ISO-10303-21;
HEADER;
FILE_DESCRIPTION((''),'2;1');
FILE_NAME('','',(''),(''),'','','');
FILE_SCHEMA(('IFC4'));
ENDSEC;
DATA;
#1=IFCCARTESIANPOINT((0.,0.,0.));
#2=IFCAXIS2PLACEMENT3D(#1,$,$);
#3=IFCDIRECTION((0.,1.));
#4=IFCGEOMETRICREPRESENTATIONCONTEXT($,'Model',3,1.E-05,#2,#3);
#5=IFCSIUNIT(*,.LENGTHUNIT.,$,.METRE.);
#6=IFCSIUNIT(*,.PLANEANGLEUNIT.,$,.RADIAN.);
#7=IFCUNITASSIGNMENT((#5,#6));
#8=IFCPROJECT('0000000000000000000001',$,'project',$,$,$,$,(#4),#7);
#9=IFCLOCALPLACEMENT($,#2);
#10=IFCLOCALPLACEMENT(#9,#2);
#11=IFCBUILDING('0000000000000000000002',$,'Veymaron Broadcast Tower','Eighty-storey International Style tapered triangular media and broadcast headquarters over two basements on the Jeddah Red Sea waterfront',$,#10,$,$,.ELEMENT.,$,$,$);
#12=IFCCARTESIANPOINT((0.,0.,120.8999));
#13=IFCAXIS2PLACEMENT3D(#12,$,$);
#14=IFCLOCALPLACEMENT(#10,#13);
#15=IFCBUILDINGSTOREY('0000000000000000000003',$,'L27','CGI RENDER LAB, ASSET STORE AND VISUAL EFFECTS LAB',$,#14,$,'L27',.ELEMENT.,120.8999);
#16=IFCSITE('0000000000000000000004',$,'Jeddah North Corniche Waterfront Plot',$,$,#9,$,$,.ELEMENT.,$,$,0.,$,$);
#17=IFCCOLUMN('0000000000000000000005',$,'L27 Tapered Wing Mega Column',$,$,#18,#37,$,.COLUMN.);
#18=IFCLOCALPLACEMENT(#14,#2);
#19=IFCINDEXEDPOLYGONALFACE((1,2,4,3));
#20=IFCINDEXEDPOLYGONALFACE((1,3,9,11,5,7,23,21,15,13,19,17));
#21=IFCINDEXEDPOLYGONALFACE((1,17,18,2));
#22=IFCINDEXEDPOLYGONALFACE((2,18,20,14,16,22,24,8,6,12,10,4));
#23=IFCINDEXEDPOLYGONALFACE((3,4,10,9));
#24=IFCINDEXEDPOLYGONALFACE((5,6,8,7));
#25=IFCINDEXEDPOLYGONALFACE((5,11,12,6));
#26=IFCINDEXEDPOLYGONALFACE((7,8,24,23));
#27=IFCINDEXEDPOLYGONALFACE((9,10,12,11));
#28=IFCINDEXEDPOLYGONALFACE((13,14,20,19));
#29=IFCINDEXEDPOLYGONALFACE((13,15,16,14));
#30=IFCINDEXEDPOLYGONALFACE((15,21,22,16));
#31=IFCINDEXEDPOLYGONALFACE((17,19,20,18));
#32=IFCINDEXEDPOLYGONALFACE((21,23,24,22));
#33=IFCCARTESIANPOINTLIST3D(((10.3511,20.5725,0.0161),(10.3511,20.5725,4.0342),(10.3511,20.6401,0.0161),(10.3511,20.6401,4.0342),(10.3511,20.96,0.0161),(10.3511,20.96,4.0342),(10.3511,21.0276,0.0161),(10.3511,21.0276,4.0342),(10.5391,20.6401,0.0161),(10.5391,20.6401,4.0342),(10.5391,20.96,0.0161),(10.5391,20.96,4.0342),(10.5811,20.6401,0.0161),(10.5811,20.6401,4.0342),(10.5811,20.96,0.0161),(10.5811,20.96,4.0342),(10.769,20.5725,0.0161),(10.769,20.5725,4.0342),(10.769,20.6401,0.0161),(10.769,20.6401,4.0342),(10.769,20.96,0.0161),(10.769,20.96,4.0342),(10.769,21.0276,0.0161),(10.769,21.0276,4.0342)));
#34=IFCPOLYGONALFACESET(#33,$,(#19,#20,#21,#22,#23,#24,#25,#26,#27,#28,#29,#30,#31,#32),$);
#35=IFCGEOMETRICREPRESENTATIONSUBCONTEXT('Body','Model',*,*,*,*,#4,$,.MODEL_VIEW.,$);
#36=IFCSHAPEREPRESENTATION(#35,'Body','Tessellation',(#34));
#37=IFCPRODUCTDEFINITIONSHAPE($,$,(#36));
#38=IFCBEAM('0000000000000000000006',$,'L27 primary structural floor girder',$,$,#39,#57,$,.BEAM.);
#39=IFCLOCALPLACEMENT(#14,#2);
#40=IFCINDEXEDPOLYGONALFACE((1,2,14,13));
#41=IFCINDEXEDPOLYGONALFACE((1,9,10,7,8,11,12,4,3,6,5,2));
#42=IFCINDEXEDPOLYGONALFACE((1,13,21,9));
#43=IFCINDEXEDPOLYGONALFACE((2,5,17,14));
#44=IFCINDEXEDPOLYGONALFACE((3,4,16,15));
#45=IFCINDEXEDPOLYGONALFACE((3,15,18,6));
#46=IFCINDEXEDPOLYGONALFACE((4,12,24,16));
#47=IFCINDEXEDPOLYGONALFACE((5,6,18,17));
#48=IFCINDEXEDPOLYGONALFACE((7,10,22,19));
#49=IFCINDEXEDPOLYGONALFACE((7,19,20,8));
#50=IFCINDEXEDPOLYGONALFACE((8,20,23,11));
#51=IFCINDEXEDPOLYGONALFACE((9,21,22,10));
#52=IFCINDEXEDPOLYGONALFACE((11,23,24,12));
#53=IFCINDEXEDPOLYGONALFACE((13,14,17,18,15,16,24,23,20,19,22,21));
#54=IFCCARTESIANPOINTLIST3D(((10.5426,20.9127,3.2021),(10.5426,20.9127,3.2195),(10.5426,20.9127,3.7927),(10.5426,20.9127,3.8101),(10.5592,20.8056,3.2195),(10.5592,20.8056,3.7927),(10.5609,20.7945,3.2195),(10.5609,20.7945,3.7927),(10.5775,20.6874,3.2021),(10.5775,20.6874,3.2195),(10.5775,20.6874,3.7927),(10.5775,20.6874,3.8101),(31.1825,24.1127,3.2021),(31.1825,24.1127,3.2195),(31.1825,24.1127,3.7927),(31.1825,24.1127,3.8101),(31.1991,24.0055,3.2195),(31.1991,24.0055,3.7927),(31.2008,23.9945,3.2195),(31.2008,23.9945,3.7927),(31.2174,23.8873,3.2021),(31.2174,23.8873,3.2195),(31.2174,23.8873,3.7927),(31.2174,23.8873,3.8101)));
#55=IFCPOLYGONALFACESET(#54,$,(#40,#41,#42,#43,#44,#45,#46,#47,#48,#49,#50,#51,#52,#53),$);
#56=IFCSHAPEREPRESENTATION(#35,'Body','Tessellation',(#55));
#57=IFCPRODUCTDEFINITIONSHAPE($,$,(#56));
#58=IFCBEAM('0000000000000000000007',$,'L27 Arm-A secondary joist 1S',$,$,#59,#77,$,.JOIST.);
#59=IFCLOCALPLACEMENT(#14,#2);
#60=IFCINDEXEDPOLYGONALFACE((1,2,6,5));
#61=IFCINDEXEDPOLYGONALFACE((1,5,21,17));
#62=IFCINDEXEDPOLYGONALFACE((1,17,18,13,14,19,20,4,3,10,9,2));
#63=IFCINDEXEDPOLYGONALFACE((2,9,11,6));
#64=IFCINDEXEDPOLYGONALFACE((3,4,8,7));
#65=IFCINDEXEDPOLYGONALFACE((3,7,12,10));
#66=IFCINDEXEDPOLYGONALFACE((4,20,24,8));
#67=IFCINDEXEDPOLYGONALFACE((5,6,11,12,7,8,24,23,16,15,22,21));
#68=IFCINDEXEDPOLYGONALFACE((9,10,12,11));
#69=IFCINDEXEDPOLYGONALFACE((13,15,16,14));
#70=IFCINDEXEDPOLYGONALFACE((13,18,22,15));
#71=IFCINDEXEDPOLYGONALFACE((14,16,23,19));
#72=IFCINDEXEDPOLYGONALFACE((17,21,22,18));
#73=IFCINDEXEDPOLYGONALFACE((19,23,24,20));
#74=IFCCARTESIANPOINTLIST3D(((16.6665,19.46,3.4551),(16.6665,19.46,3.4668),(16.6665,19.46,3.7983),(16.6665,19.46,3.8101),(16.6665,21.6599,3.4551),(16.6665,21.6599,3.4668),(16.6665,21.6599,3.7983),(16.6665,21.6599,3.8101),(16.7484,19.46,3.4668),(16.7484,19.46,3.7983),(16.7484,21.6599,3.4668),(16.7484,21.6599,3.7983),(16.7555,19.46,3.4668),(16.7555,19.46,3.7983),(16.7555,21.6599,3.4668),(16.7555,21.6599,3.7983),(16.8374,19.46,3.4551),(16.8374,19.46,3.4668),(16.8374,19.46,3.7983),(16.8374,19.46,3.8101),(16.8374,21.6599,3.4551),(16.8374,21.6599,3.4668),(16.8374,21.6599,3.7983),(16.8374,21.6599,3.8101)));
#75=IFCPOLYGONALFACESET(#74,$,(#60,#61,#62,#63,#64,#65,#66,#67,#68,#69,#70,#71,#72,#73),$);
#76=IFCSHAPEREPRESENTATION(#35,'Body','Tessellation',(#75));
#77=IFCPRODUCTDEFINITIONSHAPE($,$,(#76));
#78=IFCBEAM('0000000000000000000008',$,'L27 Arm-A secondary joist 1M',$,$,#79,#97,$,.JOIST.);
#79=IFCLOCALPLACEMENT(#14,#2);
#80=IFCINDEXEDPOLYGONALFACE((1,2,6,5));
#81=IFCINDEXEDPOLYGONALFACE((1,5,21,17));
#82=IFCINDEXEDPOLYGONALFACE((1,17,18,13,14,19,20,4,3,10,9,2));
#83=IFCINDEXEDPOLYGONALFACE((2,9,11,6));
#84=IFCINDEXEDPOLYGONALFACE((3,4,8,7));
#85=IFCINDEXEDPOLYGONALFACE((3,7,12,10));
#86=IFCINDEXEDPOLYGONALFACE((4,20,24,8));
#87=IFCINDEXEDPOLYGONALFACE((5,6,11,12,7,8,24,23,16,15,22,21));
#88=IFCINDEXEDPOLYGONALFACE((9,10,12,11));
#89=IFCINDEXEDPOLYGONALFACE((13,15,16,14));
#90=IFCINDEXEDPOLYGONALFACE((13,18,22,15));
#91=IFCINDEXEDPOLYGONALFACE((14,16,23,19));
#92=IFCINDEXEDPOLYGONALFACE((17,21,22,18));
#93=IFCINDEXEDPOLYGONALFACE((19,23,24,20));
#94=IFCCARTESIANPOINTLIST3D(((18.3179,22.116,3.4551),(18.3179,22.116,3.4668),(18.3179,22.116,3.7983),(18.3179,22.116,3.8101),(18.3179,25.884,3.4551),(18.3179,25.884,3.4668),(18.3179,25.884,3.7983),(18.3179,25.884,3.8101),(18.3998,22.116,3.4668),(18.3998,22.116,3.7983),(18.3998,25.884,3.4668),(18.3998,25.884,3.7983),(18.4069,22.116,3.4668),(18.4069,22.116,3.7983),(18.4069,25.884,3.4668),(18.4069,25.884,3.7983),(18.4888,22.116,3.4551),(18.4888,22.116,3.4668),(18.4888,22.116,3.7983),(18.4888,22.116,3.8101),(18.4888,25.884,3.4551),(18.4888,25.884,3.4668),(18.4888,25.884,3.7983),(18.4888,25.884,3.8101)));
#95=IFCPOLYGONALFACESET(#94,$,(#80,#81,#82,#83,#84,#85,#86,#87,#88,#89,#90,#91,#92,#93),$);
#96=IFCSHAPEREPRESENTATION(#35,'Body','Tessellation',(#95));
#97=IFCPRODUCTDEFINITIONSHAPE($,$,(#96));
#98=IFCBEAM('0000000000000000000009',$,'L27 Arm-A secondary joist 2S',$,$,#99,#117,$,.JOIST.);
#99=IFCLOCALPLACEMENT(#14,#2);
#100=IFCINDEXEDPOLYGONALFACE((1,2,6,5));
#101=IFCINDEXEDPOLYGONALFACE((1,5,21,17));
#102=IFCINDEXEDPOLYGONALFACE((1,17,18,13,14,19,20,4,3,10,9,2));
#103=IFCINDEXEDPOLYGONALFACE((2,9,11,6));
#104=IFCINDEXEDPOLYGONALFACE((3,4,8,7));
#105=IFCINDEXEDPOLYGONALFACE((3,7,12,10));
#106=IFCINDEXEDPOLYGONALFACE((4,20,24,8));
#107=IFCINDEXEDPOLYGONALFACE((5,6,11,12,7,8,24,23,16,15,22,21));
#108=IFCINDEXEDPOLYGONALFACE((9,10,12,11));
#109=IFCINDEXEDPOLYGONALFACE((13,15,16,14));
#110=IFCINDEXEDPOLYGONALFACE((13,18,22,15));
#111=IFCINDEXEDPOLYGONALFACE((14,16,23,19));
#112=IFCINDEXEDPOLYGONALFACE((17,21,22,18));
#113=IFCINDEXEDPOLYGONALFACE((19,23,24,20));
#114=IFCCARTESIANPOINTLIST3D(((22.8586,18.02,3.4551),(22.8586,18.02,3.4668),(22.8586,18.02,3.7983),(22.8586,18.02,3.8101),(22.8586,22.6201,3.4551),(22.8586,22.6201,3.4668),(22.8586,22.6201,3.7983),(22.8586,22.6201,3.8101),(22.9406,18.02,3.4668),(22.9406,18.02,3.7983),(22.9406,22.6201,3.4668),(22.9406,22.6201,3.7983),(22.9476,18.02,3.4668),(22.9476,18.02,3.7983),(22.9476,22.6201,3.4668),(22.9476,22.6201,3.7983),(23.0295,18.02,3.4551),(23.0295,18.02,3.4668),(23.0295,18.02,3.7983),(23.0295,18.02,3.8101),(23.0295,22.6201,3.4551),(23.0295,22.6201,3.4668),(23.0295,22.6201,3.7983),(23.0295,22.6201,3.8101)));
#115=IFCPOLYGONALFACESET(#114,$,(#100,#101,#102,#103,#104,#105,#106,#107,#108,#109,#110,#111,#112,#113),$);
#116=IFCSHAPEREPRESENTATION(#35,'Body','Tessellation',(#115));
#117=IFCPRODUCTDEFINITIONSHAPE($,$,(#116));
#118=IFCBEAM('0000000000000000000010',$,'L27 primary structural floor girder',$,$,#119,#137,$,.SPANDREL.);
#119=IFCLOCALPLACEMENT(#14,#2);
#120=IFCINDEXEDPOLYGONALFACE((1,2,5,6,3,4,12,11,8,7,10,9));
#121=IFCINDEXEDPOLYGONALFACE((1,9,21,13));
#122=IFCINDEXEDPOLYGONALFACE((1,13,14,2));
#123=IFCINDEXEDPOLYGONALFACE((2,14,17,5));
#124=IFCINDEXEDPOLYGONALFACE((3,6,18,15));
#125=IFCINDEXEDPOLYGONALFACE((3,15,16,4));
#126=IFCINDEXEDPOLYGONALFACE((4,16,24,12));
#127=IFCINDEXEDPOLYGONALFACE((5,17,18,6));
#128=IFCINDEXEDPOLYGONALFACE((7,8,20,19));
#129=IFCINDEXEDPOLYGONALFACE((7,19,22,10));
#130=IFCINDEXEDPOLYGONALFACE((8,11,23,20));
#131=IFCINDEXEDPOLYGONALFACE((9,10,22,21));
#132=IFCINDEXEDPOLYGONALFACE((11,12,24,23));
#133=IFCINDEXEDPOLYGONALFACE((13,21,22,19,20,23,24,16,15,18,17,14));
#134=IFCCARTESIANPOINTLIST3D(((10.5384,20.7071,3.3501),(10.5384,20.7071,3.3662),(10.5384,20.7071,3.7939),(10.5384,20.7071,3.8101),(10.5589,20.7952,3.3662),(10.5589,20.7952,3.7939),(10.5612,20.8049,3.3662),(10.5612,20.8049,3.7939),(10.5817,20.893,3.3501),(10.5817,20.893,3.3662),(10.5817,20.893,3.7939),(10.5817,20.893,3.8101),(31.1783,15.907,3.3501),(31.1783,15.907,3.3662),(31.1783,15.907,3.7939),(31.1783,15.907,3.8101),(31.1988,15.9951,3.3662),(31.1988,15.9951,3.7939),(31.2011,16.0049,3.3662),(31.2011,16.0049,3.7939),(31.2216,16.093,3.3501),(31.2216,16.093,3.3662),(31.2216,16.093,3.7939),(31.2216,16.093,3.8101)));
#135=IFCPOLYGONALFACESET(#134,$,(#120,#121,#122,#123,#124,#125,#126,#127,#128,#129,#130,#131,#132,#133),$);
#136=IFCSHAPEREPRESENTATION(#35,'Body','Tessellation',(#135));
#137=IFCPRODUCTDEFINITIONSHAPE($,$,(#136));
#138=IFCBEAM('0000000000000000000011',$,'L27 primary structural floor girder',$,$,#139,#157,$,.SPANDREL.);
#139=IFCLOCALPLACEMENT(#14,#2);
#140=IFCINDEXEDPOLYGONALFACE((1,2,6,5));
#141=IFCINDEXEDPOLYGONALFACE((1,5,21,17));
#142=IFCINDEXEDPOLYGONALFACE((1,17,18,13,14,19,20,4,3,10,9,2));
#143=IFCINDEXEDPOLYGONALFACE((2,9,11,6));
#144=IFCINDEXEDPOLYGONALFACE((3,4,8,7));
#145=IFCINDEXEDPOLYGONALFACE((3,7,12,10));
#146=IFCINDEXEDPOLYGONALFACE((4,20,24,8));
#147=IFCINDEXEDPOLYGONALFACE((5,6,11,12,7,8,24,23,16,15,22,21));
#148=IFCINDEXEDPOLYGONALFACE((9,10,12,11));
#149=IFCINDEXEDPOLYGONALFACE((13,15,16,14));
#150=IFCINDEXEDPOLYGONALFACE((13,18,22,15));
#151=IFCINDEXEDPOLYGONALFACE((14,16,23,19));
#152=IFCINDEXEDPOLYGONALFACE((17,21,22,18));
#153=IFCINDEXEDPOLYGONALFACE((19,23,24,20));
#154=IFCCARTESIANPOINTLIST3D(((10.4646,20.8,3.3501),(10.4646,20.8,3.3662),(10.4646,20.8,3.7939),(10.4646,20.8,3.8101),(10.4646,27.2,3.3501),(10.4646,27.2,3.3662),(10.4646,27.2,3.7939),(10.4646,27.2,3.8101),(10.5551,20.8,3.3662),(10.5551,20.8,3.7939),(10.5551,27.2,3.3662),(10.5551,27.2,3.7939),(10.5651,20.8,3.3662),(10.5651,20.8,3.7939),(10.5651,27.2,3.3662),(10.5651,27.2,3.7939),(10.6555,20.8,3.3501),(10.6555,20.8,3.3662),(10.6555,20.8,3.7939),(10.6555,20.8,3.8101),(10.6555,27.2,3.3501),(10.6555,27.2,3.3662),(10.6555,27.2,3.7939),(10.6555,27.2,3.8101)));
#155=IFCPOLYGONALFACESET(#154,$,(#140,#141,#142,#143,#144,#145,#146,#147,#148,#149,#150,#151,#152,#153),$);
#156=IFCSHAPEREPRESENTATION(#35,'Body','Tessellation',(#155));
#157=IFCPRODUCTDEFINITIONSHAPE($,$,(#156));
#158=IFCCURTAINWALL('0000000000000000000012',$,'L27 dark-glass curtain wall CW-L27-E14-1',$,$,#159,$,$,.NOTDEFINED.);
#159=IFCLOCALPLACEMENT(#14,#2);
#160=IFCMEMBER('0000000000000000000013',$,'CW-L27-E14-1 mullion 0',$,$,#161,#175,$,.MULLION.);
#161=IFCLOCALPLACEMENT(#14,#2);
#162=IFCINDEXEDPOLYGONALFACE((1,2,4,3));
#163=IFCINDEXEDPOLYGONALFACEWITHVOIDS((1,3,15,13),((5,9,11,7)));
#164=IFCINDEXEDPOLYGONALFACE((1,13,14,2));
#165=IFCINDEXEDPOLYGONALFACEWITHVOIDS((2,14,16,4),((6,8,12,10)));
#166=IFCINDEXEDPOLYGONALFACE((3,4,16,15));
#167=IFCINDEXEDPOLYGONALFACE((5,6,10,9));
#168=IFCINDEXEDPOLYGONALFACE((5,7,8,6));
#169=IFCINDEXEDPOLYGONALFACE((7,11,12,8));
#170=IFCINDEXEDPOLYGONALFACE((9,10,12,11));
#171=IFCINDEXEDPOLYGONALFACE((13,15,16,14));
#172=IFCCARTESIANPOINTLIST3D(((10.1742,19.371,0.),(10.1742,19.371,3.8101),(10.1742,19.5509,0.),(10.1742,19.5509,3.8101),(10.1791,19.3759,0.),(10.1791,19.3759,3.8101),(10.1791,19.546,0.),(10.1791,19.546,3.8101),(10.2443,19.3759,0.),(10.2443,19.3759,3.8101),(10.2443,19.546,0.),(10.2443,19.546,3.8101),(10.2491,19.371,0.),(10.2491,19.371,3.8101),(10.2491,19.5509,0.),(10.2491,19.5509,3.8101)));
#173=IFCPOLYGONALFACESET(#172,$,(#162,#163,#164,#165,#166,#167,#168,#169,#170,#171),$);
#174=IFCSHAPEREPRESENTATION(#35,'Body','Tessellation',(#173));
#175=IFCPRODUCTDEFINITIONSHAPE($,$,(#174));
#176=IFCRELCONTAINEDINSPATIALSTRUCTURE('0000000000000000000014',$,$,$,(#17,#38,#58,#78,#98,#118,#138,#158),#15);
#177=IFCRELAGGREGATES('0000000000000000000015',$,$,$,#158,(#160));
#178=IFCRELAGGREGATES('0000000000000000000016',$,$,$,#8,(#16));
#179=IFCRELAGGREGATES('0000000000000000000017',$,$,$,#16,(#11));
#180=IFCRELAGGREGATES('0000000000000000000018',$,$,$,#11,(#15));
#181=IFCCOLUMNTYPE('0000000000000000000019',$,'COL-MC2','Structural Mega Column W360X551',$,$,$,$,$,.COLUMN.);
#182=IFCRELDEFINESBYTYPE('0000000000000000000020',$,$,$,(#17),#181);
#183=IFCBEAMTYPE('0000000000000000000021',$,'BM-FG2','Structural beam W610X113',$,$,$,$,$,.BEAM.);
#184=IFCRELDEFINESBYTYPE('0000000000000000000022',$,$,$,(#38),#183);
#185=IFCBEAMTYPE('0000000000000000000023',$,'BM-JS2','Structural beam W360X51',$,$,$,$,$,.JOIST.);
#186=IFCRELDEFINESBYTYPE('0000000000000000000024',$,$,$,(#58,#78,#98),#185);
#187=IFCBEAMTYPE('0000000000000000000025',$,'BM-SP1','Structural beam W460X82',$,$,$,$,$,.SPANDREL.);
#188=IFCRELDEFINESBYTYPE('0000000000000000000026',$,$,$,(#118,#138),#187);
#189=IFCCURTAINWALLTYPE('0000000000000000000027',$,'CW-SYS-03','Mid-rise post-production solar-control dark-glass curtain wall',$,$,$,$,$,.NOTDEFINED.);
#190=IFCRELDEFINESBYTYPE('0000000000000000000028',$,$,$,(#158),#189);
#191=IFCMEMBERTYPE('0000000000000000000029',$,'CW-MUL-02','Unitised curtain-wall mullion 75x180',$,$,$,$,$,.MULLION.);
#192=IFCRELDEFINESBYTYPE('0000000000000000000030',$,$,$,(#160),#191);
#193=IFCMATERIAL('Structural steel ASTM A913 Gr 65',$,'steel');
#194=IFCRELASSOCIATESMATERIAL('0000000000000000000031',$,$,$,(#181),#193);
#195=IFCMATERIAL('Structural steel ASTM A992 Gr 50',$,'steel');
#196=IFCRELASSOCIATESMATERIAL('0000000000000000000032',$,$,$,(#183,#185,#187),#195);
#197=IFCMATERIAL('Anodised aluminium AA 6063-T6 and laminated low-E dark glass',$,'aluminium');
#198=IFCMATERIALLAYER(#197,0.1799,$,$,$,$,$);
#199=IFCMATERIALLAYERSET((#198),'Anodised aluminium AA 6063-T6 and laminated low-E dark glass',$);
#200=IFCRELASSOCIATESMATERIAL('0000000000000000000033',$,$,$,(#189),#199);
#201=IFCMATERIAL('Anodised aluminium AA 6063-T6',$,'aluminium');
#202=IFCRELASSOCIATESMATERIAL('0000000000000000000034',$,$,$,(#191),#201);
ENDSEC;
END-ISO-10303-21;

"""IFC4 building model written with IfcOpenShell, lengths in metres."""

from ifc_helpers import new_model, si_unit, direction, frame, origin, origin_2d, place, context, subcontext, project, spatial, hollow_rectangle, i_section, extrude, material, layer, layer_set, material_profile, profile_set, type_object, element, aggregate, save


model = new_model("IFC4")

# Units and contexts
model_context = context("Model", 3, precision=1e-05, world=origin(), true_north=direction((0.0, 1.0)))
body_context = subcontext(model_context, "Body", "Model", "MODEL_VIEW")
ifc_project = project(units=[si_unit("LENGTHUNIT", "METRE"), si_unit("PLANEANGLEUNIT", "RADIAN")], contexts=[model_context])

# Site, building, storey
site_placement = place(None, origin())
site = spatial("IfcSite", under=ifc_project, at=site_placement, Name="Jeddah North Corniche Waterfront Plot", CompositionType="ELEMENT", RefElevation=0.0)
building_placement = place(site_placement, origin())
building = spatial("IfcBuilding", under=site, at=building_placement, Name="Veymaron Broadcast Tower", Description="Eighty-storey International Style tapered triangular media and broadcast headquarters over two basements on the Jeddah Red Sea waterfront", CompositionType="ELEMENT")
storey_placement = place(building_placement, frame((0.0, 0.0, 120.8999)))
storey = spatial("IfcBuildingStorey", under=building, at=storey_placement, Name="L27", Description="CGI RENDER LAB, ASSET STORE AND VISUAL EFFECTS LAB", LongName="L27", CompositionType="ELEMENT", Elevation=120.8999)

# Column
ifc_material_1 = material(Name="Structural steel ASTM A913 Gr 65", Category="steel")
ifc_material_profile_1 = material_profile(ifc_material_1, i_section(OverallWidth=0.418, OverallDepth=0.4551, WebThickness=0.042, FlangeThickness=0.0676, at=origin_2d()), Name="W360X551")
ifc_profile_set_1 = profile_set([ifc_material_profile_1], Name="Structural steel ASTM A913 Gr 65")
column_type = type_object("IfcColumnType", Name="COL-MC2", Description="Structural Mega Column W360X551", PredefinedType="COLUMN", material=ifc_profile_set_1)
column_placement = place(storey_placement, frame((10.5601, 20.8, 0.0161), z_axis=(0.0, 0.0, 1.0), x_axis=(1.0, 0.0, 0.0)))
element("IfcColumn", 1, at=column_placement, inside=storey, type_object=column_type, Name="L27 Tapered Wing Mega Column", PredefinedType="COLUMN", context=body_context, shape_type="SweptSolid", body=[
    extrude(i_section(OverallWidth=0.418, OverallDepth=0.4551, WebThickness=0.042, FlangeThickness=0.0676, at=origin_2d()), origin(), (0.0, 0.0, 1.0), 4.0181),
])

# Beams
ifc_material_2 = material(Name="Structural steel ASTM A992 Gr 50", Category="steel")
ifc_material_profile_2 = material_profile(ifc_material_2, i_section(OverallWidth=0.228, OverallDepth=0.6079, WebThickness=0.0112, FlangeThickness=0.0173, at=origin_2d()), Name="W610X113")
ifc_profile_set_2 = profile_set([ifc_material_profile_2], Name="Structural steel ASTM A992 Gr 50")
beam_type_1 = type_object("IfcBeamType", Name="BM-FG2", Description="Structural beam W610X113", PredefinedType="BEAM", material=ifc_profile_set_2)
beam_1_placement = place(storey_placement, frame((10.5601, 20.8, 3.5061), z_axis=(0.988194, 0.153207, 0.0), x_axis=(-0.153207, 0.988194, 0.0)))
element("IfcBeam", 2, at=beam_1_placement, inside=storey, type_object=beam_type_1, Name="L27 primary structural floor girder", PredefinedType="BEAM", context=body_context, shape_type="SweptSolid", body=[
    extrude(i_section(OverallWidth=0.228, OverallDepth=0.6079, WebThickness=0.0112, FlangeThickness=0.0173, at=origin_2d()), origin(), (0.0, 0.0, 1.0), 20.8865),
])
ifc_material_profile_3 = material_profile(ifc_material_2, i_section(OverallWidth=0.1709, OverallDepth=0.355, WebThickness=0.0071, FlangeThickness=0.0117, at=origin_2d()), Name="W360X51")
ifc_profile_set_3 = profile_set([ifc_material_profile_3], Name="Structural steel ASTM A992 Gr 50")
beam_type_2 = type_object("IfcBeamType", Name="BM-JS2", Description="Structural beam W360X51", PredefinedType="JOIST", material=ifc_profile_set_3)
beam_2_placement = place(storey_placement, frame((16.752, 19.46, 3.6326), z_axis=(0.0, 1.0, 0.0), x_axis=(-1.0, 0.0, 0.0)))
element("IfcBeam", 3, at=beam_2_placement, inside=storey, type_object=beam_type_2, Name="L27 Arm-A secondary joist 1S", PredefinedType="JOIST", context=body_context, shape_type="SweptSolid", body=[
    extrude(i_section(OverallWidth=0.1709, OverallDepth=0.355, WebThickness=0.0071, FlangeThickness=0.0117, at=origin_2d()), origin(), (0.0, 0.0, 1.0), 2.2),
])
beam_3_placement = place(storey_placement, frame((18.4033, 22.116, 3.6326), z_axis=(0.0, 1.0, 0.0), x_axis=(-1.0, 0.0, 0.0)))
element("IfcBeam", 4, at=beam_3_placement, inside=storey, type_object=beam_type_2, Name="L27 Arm-A secondary joist 1M", PredefinedType="JOIST", context=body_context, shape_type="SweptSolid", body=[
    extrude(i_section(OverallWidth=0.1709, OverallDepth=0.355, WebThickness=0.0071, FlangeThickness=0.0117, at=origin_2d()), origin(), (0.0, 0.0, 1.0), 3.7681),
])
beam_4_placement = place(storey_placement, frame((22.9441, 18.02, 3.6326), z_axis=(0.0, 1.0, 0.0), x_axis=(-1.0, 0.0, 0.0)))
element("IfcBeam", 5, at=beam_4_placement, inside=storey, type_object=beam_type_2, Name="L27 Arm-A secondary joist 2S", PredefinedType="JOIST", context=body_context, shape_type="SweptSolid", body=[
    extrude(i_section(OverallWidth=0.1709, OverallDepth=0.355, WebThickness=0.0071, FlangeThickness=0.0117, at=origin_2d()), origin(), (0.0, 0.0, 1.0), 4.6001),
])
ifc_material_profile_4 = material_profile(ifc_material_2, i_section(OverallWidth=0.1909, OverallDepth=0.46, WebThickness=0.01, FlangeThickness=0.0161, at=origin_2d()), Name="W460X82")
ifc_profile_set_4 = profile_set([ifc_material_profile_4], Name="Structural steel ASTM A992 Gr 50")
beam_type_3 = type_object("IfcBeamType", Name="BM-SP1", Description="Structural beam W460X82", PredefinedType="SPANDREL", material=ifc_profile_set_4)
beam_5_placement = place(storey_placement, frame((10.5601, 20.8, 3.5801), z_axis=(0.974007, -0.226517, 0.0), x_axis=(0.226517, 0.974007, 0.0)))
element("IfcBeam", 6, at=beam_5_placement, inside=storey, type_object=beam_type_3, Name="L27 primary structural floor girder", PredefinedType="SPANDREL", context=body_context, shape_type="SweptSolid", body=[
    extrude(i_section(OverallWidth=0.1909, OverallDepth=0.46, WebThickness=0.01, FlangeThickness=0.0161, at=origin_2d()), origin(), (0.0, 0.0, 1.0), 21.1907),
])
beam_6_placement = place(storey_placement, frame((10.5601, 20.8, 3.5801), z_axis=(0.0, 1.0, 0.0), x_axis=(-1.0, 0.0, 0.0)))
element("IfcBeam", 7, at=beam_6_placement, inside=storey, type_object=beam_type_3, Name="L27 primary structural floor girder", PredefinedType="SPANDREL", context=body_context, shape_type="SweptSolid", body=[
    extrude(i_section(OverallWidth=0.1909, OverallDepth=0.46, WebThickness=0.01, FlangeThickness=0.0161, at=origin_2d()), origin(), (0.0, 0.0, 1.0), 6.3999),
])

# Curtain wall, member
ifc_material_3 = material(Name="Anodised aluminium AA 6063-T6 and laminated low-E dark glass", Category="aluminium")
ifc_layer_1 = layer(ifc_material_3, 0.1799)
ifc_layer_set_1 = layer_set([ifc_layer_1], Name="Anodised aluminium AA 6063-T6 and laminated low-E dark glass")
curtain_wall_type = type_object("IfcCurtainWallType", Name="CW-SYS-03", Description="Mid-rise post-production solar-control dark-glass curtain wall", PredefinedType="NOTDEFINED", material=ifc_layer_set_1)
curtain_wall_placement = place(storey_placement, origin())
curtain_wall = element("IfcCurtainWall", 8, at=curtain_wall_placement, inside=storey, type_object=curtain_wall_type, Name="L27 dark-glass curtain wall CW-L27-E14-1", PredefinedType="NOTDEFINED")
ifc_material_4 = material(Name="Anodised aluminium AA 6063-T6", Category="aluminium")
ifc_material_profile_5 = material_profile(ifc_material_4, hollow_rectangle(XDim=0.075, YDim=0.1799, WallThickness=0.0049, at=origin_2d()), Name="AL180X75X5")
ifc_profile_set_5 = profile_set([ifc_material_profile_5], Name="Anodised aluminium AA 6063-T6")
member_type_1 = type_object("IfcMemberType", Name="CW-MUL-02", Description="Unitised curtain-wall mullion 75x180", PredefinedType="MULLION", material=ifc_profile_set_5)
member_1_placement = place(storey_placement, frame((10.2117, 19.4609, 0.0), z_axis=(0.0, 0.0, 1.0), x_axis=(1.0, 0.0, 0.0)))
member_1 = element("IfcMember", 9, at=member_1_placement, type_object=member_type_1, Name="CW-L27-E14-1 mullion 0", PredefinedType="MULLION", context=body_context, shape_type="SweptSolid", body=[
    extrude(hollow_rectangle(XDim=0.075, YDim=0.1799, WallThickness=0.0049, at=origin_2d()), origin(), (0.0, 0.0, 1.0), 3.8101),
])
aggregate(curtain_wall, [member_1])

save(model, "model.ifc")
